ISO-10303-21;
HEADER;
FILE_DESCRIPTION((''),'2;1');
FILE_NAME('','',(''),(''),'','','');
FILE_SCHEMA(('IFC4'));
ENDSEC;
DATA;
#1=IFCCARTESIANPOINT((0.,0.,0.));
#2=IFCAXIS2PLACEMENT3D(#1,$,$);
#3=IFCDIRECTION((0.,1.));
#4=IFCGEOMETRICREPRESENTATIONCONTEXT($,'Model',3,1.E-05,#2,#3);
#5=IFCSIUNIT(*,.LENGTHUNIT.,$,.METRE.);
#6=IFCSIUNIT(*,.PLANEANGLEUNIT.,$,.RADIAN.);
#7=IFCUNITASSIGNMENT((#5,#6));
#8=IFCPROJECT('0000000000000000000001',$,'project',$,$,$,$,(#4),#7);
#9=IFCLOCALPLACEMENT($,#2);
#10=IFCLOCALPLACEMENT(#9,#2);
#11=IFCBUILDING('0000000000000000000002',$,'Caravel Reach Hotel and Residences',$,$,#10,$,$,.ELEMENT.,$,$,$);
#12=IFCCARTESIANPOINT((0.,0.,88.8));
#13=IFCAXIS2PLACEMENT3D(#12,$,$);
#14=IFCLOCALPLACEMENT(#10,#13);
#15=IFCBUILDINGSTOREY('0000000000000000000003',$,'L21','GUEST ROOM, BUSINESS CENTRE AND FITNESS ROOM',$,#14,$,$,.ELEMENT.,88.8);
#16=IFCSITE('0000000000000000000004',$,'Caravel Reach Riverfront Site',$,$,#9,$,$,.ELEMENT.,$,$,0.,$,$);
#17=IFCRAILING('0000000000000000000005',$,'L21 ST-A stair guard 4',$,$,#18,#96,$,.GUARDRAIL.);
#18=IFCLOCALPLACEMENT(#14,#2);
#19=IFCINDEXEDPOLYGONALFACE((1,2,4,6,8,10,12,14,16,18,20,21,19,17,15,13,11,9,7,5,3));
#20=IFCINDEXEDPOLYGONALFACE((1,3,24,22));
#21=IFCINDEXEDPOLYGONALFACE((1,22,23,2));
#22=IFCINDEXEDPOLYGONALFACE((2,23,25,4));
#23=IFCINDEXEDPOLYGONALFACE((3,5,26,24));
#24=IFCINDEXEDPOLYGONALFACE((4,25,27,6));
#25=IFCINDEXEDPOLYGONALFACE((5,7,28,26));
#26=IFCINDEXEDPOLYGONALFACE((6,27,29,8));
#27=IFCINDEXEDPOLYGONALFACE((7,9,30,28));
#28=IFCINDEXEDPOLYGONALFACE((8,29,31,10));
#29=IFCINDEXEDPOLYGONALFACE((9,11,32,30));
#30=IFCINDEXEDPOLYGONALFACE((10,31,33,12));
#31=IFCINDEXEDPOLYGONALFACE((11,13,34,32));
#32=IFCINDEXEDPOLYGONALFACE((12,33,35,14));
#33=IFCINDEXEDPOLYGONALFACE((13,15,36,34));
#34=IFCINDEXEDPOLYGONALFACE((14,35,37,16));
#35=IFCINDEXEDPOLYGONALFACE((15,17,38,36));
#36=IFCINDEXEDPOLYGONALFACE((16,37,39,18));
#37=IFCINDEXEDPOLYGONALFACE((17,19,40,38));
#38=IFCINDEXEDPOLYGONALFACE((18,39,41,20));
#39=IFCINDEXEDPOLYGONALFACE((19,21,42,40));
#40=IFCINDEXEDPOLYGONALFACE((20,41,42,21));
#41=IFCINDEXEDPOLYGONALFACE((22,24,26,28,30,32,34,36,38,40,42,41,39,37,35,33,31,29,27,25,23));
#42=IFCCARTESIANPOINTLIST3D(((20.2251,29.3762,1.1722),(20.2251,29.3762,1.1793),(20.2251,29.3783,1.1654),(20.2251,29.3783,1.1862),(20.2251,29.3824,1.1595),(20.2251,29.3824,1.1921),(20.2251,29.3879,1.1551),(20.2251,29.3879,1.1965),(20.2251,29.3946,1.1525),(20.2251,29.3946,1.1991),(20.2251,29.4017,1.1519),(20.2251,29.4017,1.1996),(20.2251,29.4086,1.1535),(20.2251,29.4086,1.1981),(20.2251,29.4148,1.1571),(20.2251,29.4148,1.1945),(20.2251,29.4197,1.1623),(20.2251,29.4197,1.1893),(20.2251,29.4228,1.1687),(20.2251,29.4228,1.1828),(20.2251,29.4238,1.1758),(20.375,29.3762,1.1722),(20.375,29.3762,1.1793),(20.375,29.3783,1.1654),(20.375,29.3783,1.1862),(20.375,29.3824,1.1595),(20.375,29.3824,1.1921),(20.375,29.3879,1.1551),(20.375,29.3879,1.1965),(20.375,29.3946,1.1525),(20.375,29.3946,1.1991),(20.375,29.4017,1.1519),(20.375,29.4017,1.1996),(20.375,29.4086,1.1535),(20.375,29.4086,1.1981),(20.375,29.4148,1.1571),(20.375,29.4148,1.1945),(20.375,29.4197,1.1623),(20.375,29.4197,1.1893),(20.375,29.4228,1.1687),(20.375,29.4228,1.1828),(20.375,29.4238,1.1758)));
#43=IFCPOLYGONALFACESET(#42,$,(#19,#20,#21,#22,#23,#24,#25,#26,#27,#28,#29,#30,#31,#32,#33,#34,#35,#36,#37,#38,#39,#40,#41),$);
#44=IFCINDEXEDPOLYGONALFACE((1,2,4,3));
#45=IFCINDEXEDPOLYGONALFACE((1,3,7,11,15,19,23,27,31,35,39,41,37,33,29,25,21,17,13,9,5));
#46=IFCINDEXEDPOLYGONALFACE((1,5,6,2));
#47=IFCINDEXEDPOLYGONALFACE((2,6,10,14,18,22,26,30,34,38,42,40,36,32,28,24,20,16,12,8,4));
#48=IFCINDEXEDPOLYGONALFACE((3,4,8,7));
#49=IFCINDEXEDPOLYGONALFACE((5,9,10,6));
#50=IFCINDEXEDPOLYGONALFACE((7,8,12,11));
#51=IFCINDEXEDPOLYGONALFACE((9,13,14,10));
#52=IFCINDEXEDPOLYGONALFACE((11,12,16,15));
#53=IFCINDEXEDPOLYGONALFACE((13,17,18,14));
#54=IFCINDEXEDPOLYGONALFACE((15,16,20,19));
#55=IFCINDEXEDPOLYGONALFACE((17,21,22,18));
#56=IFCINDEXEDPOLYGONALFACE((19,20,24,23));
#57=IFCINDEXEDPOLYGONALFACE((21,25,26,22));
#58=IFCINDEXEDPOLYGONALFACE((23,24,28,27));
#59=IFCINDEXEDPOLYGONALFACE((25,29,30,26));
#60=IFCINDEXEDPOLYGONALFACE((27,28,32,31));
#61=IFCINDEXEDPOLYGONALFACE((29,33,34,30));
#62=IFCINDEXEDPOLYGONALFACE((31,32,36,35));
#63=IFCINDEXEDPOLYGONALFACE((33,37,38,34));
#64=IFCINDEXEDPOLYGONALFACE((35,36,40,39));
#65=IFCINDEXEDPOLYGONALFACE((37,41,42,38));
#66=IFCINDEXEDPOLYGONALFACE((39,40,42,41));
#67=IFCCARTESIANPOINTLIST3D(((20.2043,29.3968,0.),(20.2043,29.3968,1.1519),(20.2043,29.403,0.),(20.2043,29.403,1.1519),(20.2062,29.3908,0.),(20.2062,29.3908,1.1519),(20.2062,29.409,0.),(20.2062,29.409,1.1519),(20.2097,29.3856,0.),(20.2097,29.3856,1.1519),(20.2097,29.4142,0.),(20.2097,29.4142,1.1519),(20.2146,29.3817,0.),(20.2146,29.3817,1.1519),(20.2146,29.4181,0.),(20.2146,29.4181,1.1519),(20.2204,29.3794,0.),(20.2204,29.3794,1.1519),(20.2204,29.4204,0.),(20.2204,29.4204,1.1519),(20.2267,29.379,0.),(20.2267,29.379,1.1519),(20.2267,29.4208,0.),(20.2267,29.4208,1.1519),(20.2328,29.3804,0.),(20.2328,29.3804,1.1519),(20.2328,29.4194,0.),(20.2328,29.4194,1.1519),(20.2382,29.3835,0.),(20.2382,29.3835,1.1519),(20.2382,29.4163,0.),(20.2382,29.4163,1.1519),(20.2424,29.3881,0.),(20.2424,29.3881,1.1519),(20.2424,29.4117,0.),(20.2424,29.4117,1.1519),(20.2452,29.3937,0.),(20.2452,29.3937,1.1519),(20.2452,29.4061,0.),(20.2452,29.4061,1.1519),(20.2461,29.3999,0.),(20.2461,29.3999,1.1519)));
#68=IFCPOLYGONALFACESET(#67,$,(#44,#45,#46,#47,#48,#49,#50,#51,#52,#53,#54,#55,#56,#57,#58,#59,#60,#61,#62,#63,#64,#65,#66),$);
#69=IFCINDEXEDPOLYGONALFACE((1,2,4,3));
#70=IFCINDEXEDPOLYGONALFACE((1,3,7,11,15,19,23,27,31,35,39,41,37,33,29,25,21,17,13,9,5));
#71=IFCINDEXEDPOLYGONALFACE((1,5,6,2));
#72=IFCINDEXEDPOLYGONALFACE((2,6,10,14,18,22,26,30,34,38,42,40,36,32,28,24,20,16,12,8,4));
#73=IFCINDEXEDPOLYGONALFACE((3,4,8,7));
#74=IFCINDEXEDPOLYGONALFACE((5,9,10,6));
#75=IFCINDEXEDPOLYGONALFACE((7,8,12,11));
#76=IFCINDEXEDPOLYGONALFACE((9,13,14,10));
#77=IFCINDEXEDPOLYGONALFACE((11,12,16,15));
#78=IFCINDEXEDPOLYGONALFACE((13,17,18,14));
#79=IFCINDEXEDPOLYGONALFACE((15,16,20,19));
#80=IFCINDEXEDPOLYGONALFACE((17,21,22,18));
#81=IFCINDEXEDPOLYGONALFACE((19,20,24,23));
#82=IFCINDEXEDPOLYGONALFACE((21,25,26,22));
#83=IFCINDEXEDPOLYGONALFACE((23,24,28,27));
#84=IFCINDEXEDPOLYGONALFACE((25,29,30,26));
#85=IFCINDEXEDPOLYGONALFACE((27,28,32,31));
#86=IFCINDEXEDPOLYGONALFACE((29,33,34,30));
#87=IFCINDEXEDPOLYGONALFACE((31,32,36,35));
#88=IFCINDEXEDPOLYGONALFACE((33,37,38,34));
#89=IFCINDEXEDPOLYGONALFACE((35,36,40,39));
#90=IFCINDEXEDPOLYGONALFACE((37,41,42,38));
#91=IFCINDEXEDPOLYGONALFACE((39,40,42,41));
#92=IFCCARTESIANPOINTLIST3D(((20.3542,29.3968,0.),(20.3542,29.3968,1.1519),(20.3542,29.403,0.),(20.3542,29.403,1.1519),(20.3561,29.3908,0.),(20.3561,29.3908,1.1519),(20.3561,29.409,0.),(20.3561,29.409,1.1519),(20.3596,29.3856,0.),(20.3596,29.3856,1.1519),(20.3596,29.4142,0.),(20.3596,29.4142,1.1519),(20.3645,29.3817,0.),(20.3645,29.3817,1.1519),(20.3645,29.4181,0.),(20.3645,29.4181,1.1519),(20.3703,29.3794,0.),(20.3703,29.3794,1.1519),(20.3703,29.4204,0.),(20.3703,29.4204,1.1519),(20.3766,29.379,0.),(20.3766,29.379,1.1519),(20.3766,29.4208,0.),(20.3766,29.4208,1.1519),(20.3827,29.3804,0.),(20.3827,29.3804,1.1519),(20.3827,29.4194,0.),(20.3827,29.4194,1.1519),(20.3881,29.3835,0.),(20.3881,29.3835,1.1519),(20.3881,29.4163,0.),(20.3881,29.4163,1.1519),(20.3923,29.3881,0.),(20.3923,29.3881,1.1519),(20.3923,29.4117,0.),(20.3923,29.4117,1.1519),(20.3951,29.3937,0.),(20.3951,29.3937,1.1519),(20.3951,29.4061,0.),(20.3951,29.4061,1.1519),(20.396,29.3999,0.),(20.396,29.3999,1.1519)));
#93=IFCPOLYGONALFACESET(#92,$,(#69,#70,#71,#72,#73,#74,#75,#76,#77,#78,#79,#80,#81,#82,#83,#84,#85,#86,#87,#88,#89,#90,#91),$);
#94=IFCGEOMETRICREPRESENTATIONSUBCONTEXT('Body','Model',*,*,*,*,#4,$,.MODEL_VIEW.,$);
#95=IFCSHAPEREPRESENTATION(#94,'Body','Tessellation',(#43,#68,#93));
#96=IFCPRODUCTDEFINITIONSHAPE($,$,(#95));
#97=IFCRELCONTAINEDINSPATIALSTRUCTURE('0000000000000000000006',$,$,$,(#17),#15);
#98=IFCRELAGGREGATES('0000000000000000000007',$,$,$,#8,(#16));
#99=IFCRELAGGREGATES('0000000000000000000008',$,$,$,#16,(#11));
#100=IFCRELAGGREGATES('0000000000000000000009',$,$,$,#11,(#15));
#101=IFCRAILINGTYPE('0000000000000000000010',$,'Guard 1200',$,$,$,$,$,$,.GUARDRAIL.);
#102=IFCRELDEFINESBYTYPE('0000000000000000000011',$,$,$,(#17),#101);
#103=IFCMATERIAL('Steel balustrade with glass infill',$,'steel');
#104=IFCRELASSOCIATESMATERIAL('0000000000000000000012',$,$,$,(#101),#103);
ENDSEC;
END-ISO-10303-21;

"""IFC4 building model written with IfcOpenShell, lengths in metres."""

from ifc_helpers import new_model, si_unit, direction, frame, origin, origin_2d, place, context, subcontext, project, spatial, circle, extrude, material, type_object, element, save


model = new_model("IFC4")

# Units and contexts
model_context = context("Model", 3, precision=1e-05, world=origin(), true_north=direction((0.0, 1.0)))
body_context = subcontext(model_context, "Body", "Model", "MODEL_VIEW")
ifc_project = project(units=[si_unit("LENGTHUNIT", "METRE"), si_unit("PLANEANGLEUNIT", "RADIAN")], contexts=[model_context])

# Site, building, storey
site_placement = place(None, origin())
site = spatial("IfcSite", under=ifc_project, at=site_placement, Name="Caravel Reach Riverfront Site", CompositionType="ELEMENT", RefElevation=0.0)
building_placement = place(site_placement, origin())
building = spatial("IfcBuilding", under=site, at=building_placement, Name="Caravel Reach Hotel and Residences", CompositionType="ELEMENT")
storey_placement = place(building_placement, frame((0.0, 0.0, 88.8)))
storey = spatial("IfcBuildingStorey", under=building, at=storey_placement, Name="L21", Description="GUEST ROOM, BUSINESS CENTRE AND FITNESS ROOM", CompositionType="ELEMENT", Elevation=88.8)

# Railing
ifc_material_1 = material(Name="Steel balustrade with glass infill", Category="steel")
railing_type_1 = type_object("IfcRailingType", Name="Guard 1200", PredefinedType="GUARDRAIL", material=ifc_material_1)
railing_1_placement = place(storey_placement, frame((20.2251, 29.3999, 0.0)))
element("IfcRailing", 1, at=railing_1_placement, inside=storey, type_object=railing_type_1, Name="L21 ST-A stair guard 4", PredefinedType="GUARDRAIL", context=body_context, shape_type="SweptSolid", body=[
    extrude(circle(Radius=0.0239, at=origin_2d()), frame((0.0, 0.0, 1.1758), z_axis=(1.0, 0.0, 0.0), x_axis=(0.0, 1.0, 0.0)), (0.0, 0.0, 1.0), 0.1499),
    extrude(circle(Radius=0.021, at=origin_2d()), origin(), (0.0, 0.0, 1.0), 1.1519),
    extrude(circle(Radius=0.021, at=origin_2d()), frame((0.1499, 0.0, 0.0)), (0.0, 0.0, 1.0), 1.1519),
])

save(model, "model.ifc")
